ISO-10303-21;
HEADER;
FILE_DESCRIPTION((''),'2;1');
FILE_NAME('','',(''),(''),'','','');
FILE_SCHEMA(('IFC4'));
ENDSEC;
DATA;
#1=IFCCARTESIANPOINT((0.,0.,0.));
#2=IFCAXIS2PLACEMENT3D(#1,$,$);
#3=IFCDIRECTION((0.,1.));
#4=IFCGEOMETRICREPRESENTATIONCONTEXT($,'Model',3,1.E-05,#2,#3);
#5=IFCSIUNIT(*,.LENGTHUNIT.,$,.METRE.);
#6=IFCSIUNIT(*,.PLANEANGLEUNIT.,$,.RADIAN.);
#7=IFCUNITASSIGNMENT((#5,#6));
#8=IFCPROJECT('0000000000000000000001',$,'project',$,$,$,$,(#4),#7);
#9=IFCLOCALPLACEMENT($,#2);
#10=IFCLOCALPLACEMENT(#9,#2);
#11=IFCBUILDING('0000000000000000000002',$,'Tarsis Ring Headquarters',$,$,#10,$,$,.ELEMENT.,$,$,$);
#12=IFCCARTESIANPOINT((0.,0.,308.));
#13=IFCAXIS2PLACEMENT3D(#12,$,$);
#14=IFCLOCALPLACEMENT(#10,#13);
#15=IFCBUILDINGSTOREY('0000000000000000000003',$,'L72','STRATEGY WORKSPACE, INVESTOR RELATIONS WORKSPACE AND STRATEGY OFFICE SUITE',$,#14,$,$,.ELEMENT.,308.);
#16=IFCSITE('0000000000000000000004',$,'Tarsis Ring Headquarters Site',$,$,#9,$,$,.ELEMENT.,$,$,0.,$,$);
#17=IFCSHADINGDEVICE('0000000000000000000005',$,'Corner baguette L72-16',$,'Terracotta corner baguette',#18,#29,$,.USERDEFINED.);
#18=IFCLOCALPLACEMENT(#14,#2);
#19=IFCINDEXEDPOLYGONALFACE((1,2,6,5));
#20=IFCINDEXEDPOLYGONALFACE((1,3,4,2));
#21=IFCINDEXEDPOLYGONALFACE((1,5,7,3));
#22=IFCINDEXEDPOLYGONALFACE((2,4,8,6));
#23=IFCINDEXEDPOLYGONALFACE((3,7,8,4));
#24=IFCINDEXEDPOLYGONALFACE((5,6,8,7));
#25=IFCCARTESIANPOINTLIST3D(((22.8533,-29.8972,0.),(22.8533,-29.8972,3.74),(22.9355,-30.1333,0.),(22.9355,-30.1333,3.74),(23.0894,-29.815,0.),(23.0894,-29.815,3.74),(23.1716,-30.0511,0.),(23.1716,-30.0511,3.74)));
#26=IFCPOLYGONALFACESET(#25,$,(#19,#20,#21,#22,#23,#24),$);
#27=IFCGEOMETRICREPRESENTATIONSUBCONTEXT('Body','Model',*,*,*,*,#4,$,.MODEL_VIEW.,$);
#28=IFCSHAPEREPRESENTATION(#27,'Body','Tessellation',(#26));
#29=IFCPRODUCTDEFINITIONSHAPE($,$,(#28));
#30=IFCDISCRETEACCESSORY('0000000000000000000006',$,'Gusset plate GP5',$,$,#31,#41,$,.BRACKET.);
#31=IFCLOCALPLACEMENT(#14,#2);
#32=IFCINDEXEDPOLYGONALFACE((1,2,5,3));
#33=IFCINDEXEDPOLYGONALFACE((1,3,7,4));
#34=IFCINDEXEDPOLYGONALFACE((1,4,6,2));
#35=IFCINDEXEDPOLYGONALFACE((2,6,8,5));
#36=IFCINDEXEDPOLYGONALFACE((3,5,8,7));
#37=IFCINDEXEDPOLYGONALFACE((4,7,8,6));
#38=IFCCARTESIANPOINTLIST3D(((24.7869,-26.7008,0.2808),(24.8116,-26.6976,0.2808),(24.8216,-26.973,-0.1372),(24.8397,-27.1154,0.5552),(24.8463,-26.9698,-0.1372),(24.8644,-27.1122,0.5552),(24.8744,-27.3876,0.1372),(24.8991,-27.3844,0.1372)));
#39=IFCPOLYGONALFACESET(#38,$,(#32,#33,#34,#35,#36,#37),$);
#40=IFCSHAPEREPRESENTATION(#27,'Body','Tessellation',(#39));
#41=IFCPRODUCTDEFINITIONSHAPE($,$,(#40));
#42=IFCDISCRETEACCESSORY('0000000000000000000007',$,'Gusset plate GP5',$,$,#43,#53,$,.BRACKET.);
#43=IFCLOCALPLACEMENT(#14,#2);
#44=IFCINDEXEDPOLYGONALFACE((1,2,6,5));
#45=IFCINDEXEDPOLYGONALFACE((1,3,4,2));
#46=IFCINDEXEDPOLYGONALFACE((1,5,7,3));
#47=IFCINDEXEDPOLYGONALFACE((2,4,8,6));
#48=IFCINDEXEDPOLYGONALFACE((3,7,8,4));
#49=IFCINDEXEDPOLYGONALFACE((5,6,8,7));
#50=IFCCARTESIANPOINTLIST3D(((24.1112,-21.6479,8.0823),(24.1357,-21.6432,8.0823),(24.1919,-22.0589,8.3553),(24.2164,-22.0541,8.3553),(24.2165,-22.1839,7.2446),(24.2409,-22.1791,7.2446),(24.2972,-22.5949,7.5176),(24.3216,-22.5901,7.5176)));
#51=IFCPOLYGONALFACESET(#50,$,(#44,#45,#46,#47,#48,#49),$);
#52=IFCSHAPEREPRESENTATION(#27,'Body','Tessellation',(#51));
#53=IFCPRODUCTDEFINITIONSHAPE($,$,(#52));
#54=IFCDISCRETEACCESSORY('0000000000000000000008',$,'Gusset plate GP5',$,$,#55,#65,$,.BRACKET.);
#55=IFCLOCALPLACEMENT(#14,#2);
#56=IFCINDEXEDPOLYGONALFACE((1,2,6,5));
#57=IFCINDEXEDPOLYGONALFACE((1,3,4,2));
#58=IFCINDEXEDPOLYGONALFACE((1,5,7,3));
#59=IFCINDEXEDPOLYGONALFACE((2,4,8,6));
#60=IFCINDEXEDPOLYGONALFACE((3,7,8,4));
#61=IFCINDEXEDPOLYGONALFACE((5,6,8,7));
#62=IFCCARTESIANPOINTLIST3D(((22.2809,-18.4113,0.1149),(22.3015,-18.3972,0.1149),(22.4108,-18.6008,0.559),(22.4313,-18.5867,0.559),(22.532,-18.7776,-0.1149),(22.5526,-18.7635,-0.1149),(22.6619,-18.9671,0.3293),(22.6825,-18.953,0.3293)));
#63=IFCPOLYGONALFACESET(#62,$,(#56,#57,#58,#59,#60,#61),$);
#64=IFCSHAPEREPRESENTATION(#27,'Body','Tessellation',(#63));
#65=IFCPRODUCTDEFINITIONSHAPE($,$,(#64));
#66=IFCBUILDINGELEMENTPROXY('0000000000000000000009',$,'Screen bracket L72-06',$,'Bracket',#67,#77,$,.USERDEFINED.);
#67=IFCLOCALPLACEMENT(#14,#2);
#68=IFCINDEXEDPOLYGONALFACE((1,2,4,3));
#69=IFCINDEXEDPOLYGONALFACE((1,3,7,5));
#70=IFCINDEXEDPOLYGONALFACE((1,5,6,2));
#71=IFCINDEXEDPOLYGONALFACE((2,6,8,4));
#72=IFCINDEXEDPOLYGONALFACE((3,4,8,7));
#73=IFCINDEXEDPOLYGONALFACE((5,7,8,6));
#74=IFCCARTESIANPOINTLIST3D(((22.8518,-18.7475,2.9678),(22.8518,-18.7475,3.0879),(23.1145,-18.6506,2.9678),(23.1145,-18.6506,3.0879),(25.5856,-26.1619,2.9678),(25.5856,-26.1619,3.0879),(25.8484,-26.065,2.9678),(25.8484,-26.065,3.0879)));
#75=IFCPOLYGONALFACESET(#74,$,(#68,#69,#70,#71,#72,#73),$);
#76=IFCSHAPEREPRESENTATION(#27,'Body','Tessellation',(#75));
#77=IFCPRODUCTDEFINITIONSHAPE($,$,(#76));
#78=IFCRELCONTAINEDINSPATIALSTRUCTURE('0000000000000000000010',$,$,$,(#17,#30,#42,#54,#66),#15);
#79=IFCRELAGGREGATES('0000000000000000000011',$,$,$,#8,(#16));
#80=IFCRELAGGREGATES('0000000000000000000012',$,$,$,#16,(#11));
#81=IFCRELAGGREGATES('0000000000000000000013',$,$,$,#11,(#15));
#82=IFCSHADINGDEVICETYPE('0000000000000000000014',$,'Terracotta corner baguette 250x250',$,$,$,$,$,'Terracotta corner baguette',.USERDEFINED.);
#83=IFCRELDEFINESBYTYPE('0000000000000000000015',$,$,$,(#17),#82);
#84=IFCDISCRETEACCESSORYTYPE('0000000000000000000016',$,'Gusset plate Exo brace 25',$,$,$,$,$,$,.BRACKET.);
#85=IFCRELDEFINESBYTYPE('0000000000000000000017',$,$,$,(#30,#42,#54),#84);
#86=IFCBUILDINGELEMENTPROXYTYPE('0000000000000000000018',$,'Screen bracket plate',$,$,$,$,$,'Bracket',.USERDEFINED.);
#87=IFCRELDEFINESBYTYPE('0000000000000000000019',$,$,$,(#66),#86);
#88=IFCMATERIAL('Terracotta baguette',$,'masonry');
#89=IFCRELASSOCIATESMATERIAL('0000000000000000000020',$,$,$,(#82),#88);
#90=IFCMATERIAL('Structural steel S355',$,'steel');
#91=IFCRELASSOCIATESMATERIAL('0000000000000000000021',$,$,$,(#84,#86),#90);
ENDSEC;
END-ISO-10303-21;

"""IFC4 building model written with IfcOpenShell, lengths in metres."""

from ifc_helpers import new_model, si_unit, direction, frame, origin, origin_2d, place, context, subcontext, project, spatial, rectangle, extrude, material, material_profile, profile_set, type_object, element, save


model = new_model("IFC4")

# Units and contexts
model_context = context("Model", 3, precision=1e-05, world=origin(), true_north=direction((0.0, 1.0)))
body_context = subcontext(model_context, "Body", "Model", "MODEL_VIEW")
ifc_project = project(units=[si_unit("LENGTHUNIT", "METRE"), si_unit("PLANEANGLEUNIT", "RADIAN")], contexts=[model_context])

# Site, building, storey
site_placement = place(None, origin())
site = spatial("IfcSite", under=ifc_project, at=site_placement, Name="Tarsis Ring Headquarters Site", CompositionType="ELEMENT", RefElevation=0.0)
building_placement = place(site_placement, origin())
building = spatial("IfcBuilding", under=site, at=building_placement, Name="Tarsis Ring Headquarters", CompositionType="ELEMENT")
storey_placement = place(building_placement, frame((0.0, 0.0, 308.0)))
storey = spatial("IfcBuildingStorey", under=building, at=storey_placement, Name="L72", Description="STRATEGY WORKSPACE, INVESTOR RELATIONS WORKSPACE AND STRATEGY OFFICE SUITE", CompositionType="ELEMENT", Elevation=308.0)

# Shared definitions
ifc_material_1 = material(Name="Structural steel S355", Category="steel")

# Shading device
ifc_material_2 = material(Name="Terracotta baguette", Category="masonry")
shading_device_type_1 = type_object("IfcShadingDeviceType", Name="Terracotta corner baguette 250x250", ElementType="Terracotta corner baguette", PredefinedType="USERDEFINED", material=ifc_material_2)
shading_device_1_placement = place(storey_placement, frame((23.0125, -29.9741, 0.0), z_axis=(0.0, 0.0, 1.0), x_axis=(0.944376, 0.328866, 0.0)))
element("IfcShadingDevice", 1, at=shading_device_1_placement, inside=storey, type_object=shading_device_type_1, Name="Corner baguette L72-16", ObjectType="Terracotta corner baguette", PredefinedType="USERDEFINED", context=body_context, shape_type="SweptSolid", body=[
    extrude(rectangle(XDim=0.25, YDim=0.25, at=origin_2d()), origin(), (0.0, 0.0, 1.0), 3.74),
])

# Discrete accessories
ifc_material_profile_1 = material_profile(ifc_material_1, rectangle(XDim=0.0249, YDim=0.5, at=origin_2d()), Name="PL 25x500")
ifc_profile_set_1 = profile_set([ifc_material_profile_1], Name="Structural steel S355")
discrete_accessory_type = type_object("IfcDiscreteAccessoryType", Name="Gusset plate Exo brace 25", PredefinedType="BRACKET", material=ifc_profile_set_1)
discrete_accessory_1_placement = place(storey_placement, frame((24.8604, -27.1787, 0.0), z_axis=(-0.069336, 0.544432, 0.835935), x_axis=(-0.991988, -0.126334, 0.0)))
element("IfcDiscreteAccessory", 2, at=discrete_accessory_1_placement, inside=storey, type_object=discrete_accessory_type, Name="Gusset plate GP5", PredefinedType="BRACKET", context=body_context, shape_type="SweptSolid", body=[
    extrude(rectangle(XDim=0.0249, YDim=0.5, at=origin_2d()), origin(), (0.0, 0.0, 1.0), 0.5),
])
discrete_accessory_2_placement = place(storey_placement, frame((24.269, -22.387, 7.3811), z_axis=(-0.10523, 0.535915, 0.837688), x_axis=(-0.981262, -0.192676, 0.0)))
element("IfcDiscreteAccessory", 3, at=discrete_accessory_2_placement, inside=storey, type_object=discrete_accessory_type, Name="Gusset plate GP5", PredefinedType="BRACKET", context=body_context, shape_type="SweptSolid", body=[
    extrude(rectangle(XDim=0.0249, YDim=0.5, at=origin_2d()), origin(), (0.0, 0.0, 1.0), 1.0),
])
discrete_accessory_3_placement = place(storey_placement, frame((22.4167, -18.5874, 0.0), z_axis=(0.259776, -0.378922, 0.88822), x_axis=(0.824786, 0.565446, 0.0)))
element("IfcDiscreteAccessory", 4, at=discrete_accessory_3_placement, inside=storey, type_object=discrete_accessory_type, Name="Gusset plate GP5", PredefinedType="BRACKET", context=body_context, shape_type="SweptSolid", body=[
    extrude(rectangle(XDim=0.0249, YDim=0.5, at=origin_2d()), origin(), (0.0, 0.0, 1.0), 0.5),
])

# Building element proxy
building_element_proxy_type = type_object("IfcBuildingElementProxyType", Name="Screen bracket plate", ElementType="Bracket", PredefinedType="USERDEFINED", material=ifc_material_1)
proxy_placement = place(storey_placement, frame((24.3501, -22.4062, 2.9678), z_axis=(0.0, 0.0, 1.0), x_axis=(-0.345953, 0.938252, 0.0)))
element("IfcBuildingElementProxy", 5, at=proxy_placement, inside=storey, type_object=building_element_proxy_type, Name="Screen bracket L72-06", ObjectType="Bracket", PredefinedType="USERDEFINED", context=body_context, shape_type="SweptSolid", body=[
    extrude(rectangle(XDim=7.9023, YDim=0.28, at=origin_2d()), origin(), (0.0, 0.0, 1.0), 0.1201),
])

save(model, "model.ifc")
